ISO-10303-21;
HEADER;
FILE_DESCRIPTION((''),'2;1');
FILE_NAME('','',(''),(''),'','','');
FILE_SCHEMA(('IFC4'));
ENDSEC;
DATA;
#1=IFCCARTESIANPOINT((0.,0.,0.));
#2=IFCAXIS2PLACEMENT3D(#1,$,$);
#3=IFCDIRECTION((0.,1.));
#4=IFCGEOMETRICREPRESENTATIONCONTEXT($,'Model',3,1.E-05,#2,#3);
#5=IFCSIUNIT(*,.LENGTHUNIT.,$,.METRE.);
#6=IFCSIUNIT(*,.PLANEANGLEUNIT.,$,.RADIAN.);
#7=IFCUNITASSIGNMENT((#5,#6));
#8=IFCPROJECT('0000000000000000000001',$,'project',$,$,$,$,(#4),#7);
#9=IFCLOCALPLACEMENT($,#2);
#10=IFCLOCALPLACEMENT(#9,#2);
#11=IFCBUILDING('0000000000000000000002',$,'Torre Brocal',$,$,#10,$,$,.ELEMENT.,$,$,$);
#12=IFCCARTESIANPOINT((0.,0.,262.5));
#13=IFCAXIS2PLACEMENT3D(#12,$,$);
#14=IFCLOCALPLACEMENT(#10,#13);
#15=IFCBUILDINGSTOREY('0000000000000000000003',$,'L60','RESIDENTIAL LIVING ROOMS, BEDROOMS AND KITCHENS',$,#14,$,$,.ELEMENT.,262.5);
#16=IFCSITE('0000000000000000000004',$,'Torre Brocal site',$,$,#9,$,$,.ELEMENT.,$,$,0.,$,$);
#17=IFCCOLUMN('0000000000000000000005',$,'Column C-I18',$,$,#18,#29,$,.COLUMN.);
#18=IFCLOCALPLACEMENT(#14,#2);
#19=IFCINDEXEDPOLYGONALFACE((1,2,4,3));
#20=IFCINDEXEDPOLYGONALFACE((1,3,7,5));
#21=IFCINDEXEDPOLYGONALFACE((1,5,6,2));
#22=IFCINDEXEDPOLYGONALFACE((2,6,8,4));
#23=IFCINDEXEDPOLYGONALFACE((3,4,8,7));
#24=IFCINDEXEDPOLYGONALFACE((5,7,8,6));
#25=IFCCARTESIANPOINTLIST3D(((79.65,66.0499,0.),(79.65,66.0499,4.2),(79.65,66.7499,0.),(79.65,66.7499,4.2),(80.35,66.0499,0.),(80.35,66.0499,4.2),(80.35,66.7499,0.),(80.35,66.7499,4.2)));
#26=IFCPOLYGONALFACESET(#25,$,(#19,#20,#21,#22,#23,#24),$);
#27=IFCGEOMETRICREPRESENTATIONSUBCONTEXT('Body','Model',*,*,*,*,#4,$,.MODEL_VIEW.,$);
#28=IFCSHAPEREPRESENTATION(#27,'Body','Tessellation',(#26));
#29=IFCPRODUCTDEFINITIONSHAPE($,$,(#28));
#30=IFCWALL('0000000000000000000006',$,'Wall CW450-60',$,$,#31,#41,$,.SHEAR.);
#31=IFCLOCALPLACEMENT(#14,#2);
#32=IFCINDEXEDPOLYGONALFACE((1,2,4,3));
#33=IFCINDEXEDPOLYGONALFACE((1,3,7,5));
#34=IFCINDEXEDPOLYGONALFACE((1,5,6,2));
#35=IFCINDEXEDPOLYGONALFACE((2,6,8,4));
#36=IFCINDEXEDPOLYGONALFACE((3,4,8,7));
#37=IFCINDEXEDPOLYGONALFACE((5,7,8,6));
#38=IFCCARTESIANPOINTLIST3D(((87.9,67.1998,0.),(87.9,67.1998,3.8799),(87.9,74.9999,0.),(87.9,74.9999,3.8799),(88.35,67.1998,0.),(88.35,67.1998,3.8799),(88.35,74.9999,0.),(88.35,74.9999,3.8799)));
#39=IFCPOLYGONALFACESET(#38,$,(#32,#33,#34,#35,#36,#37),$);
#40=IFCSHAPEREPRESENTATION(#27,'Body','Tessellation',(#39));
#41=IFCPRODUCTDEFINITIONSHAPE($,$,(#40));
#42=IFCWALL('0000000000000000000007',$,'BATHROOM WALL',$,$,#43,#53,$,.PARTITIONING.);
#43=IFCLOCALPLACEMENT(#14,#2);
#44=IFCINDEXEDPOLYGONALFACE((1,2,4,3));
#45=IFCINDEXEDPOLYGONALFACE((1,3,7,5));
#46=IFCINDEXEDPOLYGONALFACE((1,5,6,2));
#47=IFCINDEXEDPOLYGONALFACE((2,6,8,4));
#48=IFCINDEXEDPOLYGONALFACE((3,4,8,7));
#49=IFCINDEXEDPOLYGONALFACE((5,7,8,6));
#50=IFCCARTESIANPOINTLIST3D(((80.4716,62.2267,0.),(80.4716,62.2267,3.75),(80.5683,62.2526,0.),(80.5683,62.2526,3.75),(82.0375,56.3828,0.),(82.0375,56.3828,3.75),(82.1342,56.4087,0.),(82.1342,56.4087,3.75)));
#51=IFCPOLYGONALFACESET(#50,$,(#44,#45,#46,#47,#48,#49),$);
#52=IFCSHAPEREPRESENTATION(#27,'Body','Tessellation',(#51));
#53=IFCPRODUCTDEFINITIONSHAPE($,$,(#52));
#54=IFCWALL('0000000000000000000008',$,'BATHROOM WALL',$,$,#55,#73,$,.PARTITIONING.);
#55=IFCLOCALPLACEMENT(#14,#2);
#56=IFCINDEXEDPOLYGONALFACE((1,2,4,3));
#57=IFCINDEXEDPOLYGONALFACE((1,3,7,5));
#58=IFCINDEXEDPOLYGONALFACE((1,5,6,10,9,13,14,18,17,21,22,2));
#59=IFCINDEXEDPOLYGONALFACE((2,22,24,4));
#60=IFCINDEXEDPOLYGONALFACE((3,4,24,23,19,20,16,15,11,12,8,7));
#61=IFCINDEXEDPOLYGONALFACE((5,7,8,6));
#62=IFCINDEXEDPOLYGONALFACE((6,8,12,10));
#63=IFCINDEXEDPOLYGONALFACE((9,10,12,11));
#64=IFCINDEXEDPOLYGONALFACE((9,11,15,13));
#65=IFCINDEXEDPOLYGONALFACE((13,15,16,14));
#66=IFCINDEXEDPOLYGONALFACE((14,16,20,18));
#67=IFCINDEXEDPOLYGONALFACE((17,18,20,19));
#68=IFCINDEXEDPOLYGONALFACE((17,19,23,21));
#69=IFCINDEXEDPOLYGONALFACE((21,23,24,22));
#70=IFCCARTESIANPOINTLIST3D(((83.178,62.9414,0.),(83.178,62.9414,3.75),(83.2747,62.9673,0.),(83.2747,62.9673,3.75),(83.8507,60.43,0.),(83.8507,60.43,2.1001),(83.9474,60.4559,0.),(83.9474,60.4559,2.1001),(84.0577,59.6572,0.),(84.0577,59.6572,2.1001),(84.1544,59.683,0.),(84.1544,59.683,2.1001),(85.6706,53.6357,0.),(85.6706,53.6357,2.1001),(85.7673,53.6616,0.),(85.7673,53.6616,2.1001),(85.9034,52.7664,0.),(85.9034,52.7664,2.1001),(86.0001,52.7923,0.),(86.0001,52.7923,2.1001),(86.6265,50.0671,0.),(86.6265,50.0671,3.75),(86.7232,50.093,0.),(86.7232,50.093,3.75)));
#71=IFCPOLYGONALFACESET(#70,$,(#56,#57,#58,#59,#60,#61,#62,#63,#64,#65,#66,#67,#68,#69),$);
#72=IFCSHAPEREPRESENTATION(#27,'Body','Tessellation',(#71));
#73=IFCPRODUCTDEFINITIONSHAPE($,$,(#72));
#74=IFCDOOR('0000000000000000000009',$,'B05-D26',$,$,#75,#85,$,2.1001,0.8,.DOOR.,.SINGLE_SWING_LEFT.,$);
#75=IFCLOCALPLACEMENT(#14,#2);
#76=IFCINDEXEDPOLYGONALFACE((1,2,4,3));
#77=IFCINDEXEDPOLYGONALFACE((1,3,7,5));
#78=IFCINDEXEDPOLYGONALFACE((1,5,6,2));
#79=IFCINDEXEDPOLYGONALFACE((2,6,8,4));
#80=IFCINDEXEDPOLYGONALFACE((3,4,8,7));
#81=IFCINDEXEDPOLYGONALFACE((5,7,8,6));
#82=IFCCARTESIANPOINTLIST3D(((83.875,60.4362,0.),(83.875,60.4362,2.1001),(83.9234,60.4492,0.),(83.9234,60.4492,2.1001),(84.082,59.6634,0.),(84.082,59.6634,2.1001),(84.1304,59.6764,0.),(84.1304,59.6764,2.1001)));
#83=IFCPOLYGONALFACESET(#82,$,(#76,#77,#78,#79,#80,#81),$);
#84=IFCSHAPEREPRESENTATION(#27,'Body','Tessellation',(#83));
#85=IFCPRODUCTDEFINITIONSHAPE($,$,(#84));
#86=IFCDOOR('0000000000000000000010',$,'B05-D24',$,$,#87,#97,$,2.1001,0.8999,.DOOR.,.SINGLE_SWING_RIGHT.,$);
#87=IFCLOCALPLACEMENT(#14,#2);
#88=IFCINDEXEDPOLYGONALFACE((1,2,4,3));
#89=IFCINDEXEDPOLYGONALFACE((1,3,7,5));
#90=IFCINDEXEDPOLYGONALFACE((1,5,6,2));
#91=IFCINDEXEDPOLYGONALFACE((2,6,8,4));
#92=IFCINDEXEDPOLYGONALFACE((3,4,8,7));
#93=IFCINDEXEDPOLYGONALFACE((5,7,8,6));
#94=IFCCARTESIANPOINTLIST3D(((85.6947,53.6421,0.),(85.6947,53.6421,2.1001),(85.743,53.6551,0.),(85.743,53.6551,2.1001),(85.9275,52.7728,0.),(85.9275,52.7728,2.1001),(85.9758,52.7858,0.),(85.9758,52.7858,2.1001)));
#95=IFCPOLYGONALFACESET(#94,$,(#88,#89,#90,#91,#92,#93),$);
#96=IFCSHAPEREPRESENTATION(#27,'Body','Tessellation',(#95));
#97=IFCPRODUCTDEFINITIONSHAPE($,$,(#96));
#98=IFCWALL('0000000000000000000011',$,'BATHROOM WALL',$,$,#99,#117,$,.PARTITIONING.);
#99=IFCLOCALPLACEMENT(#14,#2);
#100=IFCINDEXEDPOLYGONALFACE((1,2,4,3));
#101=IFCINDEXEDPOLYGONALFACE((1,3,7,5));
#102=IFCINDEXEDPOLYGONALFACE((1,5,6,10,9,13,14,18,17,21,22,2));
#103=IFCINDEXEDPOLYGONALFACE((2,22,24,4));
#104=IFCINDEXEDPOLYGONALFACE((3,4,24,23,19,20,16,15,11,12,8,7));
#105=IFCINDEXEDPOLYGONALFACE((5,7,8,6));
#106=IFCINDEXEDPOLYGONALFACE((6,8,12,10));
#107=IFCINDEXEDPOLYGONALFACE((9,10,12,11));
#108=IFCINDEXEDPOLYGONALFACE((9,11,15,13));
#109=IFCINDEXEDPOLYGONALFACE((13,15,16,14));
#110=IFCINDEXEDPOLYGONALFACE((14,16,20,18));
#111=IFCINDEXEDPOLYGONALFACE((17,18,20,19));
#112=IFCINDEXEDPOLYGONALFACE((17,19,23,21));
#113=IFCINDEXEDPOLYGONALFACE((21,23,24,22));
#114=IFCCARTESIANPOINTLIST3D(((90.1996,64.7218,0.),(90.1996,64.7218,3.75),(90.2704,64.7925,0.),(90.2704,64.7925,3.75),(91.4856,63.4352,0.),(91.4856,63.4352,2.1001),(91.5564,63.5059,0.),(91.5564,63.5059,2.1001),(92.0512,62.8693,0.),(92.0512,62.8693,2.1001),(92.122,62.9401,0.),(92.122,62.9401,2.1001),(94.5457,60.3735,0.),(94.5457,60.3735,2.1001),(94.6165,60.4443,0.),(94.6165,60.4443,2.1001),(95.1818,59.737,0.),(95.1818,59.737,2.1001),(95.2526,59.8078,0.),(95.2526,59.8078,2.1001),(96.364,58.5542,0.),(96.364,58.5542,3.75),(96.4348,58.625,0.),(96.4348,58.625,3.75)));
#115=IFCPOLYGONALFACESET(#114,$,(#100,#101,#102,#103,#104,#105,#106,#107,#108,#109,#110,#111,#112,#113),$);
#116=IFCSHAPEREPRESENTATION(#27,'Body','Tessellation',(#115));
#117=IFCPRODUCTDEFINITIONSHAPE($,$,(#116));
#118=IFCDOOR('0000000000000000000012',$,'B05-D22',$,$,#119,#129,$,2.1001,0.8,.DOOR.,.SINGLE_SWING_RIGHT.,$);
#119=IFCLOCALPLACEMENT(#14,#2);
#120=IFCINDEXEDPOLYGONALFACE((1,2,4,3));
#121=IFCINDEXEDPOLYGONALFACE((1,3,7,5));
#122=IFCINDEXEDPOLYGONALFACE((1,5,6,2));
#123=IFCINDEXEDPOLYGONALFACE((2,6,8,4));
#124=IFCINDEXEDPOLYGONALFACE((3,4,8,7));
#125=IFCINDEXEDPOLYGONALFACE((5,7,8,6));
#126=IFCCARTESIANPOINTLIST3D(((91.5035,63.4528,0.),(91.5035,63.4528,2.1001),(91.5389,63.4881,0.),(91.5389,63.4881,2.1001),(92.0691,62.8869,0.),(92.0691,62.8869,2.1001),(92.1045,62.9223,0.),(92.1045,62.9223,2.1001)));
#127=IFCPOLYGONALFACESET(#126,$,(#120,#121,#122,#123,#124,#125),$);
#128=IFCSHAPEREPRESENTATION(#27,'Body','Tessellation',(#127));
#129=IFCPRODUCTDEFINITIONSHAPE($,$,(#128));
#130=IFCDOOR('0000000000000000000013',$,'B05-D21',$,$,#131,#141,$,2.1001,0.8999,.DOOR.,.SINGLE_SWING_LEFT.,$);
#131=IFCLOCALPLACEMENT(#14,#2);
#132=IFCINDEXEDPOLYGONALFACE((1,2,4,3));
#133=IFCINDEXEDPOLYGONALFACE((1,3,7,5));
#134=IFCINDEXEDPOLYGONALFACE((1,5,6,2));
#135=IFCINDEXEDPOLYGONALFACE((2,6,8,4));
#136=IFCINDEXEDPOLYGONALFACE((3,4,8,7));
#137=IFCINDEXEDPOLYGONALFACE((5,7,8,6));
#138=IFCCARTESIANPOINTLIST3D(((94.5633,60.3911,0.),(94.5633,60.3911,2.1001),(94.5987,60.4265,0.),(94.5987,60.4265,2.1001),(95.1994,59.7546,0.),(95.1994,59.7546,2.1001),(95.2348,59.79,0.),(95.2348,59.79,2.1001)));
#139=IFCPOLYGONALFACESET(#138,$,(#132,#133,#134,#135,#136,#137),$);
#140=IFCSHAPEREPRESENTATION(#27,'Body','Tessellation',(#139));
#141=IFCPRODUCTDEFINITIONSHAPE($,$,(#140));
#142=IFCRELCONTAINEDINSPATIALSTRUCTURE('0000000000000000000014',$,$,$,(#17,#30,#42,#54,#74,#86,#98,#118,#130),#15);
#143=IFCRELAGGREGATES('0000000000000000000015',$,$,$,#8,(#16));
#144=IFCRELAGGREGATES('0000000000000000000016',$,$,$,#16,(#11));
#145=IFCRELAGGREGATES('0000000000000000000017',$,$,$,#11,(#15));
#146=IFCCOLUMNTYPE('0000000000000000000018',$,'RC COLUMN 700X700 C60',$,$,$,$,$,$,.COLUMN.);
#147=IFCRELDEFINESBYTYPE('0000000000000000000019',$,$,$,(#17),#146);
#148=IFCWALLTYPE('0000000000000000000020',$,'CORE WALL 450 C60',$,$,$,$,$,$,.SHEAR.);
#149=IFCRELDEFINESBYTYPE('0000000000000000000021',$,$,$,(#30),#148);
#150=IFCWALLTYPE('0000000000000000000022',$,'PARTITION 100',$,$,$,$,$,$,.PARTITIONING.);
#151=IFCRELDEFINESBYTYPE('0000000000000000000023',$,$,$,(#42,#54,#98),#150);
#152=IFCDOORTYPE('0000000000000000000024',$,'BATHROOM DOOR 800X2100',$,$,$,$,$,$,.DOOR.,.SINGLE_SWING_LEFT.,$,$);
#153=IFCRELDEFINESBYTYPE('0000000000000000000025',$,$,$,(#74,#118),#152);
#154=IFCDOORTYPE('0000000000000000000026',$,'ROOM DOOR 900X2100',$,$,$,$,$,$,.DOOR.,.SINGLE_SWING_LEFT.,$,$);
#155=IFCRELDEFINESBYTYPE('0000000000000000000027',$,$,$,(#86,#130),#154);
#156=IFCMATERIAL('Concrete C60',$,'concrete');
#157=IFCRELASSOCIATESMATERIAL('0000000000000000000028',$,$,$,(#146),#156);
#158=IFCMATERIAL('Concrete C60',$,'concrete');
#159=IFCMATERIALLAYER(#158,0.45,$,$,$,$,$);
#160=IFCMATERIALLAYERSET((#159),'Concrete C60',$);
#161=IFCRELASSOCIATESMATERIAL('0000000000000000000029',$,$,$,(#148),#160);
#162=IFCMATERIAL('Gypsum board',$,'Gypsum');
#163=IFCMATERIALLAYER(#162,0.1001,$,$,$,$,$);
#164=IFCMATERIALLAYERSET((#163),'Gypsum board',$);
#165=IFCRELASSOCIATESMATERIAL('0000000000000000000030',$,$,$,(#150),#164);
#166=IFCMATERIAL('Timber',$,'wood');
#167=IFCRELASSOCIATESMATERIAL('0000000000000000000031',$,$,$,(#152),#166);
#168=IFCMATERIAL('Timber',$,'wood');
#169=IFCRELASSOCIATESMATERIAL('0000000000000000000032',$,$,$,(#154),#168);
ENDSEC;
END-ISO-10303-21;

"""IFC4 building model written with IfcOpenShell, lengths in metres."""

from ifc_helpers import new_model, si_unit, direction, frame, frame_2d, origin, origin_2d, place, context, subcontext, project, spatial, rectangle, extrude, material, layer, layer_set, material_profile, profile_set, type_object, element, fill, save


model = new_model("IFC4")

# Units and contexts
model_context = context("Model", 3, precision=1e-05, world=origin(), true_north=direction((0.0, 1.0)))
body_context = subcontext(model_context, "Body", "Model", "MODEL_VIEW")
ifc_project = project(units=[si_unit("LENGTHUNIT", "METRE"), si_unit("PLANEANGLEUNIT", "RADIAN")], contexts=[model_context])

# Site, building, storey
site_placement = place(None, origin())
site = spatial("IfcSite", under=ifc_project, at=site_placement, Name="Torre Brocal site", CompositionType="ELEMENT", RefElevation=0.0)
building_placement = place(site_placement, origin())
building = spatial("IfcBuilding", under=site, at=building_placement, Name="Torre Brocal", CompositionType="ELEMENT")
storey_placement = place(building_placement, frame((0.0, 0.0, 262.5)))
storey = spatial("IfcBuildingStorey", under=building, at=storey_placement, Name="L60", Description="RESIDENTIAL LIVING ROOMS, BEDROOMS AND KITCHENS", CompositionType="ELEMENT", Elevation=262.5)

# Column
ifc_material_1 = material(Name="Concrete C60", Category="concrete")
ifc_material_profile = material_profile(ifc_material_1, rectangle(XDim=0.7, YDim=0.7, at=origin_2d()), Name="RC 700X700")
ifc_profile_set = profile_set([ifc_material_profile], Name="Concrete C60")
column_type = type_object("IfcColumnType", Name="RC COLUMN 700X700 C60", PredefinedType="COLUMN", material=ifc_profile_set)
column_placement = place(storey_placement, frame((80.0, 66.3999, 0.0), z_axis=(0.0, 0.0, 1.0), x_axis=(0.0, -1.0, 0.0)))
element("IfcColumn", 1, at=column_placement, inside=storey, type_object=column_type, Name="Column C-I18", PredefinedType="COLUMN", context=body_context, shape_type="SweptSolid", body=[
    extrude(rectangle(XDim=0.7, YDim=0.7, at=origin_2d()), origin(), (0.0, 0.0, 1.0), 4.2),
])

# Wall
ifc_material_2 = material(Name="Concrete C60", Category="concrete")
ifc_layer_1 = layer(ifc_material_2, 0.45)
ifc_layer_set_1 = layer_set([ifc_layer_1], Name="Concrete C60")
wall_type_1 = type_object("IfcWallType", Name="CORE WALL 450 C60", PredefinedType="SHEAR", material=ifc_layer_set_1)
wall_1_placement = place(storey_placement, frame((88.125, 67.2, 0.0), z_axis=(0.0, 0.0, 1.0), x_axis=(0.0, 1.0, 0.0)))
element("IfcWall", 2, at=wall_1_placement, inside=storey, type_object=wall_type_1, Name="Wall CW450-60", PredefinedType="SHEAR", context=body_context, shape_type="SweptSolid", body=[
    extrude(rectangle(XDim=7.8, YDim=0.45, at=frame_2d((3.8999, 0.0))), origin(), (0.0, 0.0, 1.0), 3.8799),
])

# Wall
ifc_material_3 = material(Name="Gypsum board", Category="Gypsum")
ifc_layer_2 = layer(ifc_material_3, 0.1001)
ifc_layer_set_2 = layer_set([ifc_layer_2], Name="Gypsum board")
wall_type_2 = type_object("IfcWallType", Name="PARTITION 100", PredefinedType="PARTITIONING", material=ifc_layer_set_2)
wall_2_placement = place(storey_placement, frame((80.52, 62.2395, 0.0), z_axis=(0.0, 0.0, 1.0), x_axis=(0.258823, -0.965925, 0.0)))
element("IfcWall", 3, at=wall_2_placement, inside=storey, type_object=wall_type_2, Name="BATHROOM WALL", PredefinedType="PARTITIONING", context=body_context, shape_type="SweptSolid", body=[
    extrude(rectangle(XDim=6.05, YDim=0.1001, at=frame_2d((3.0249, 0.0))), origin(), (0.0, 0.0, 1.0), 3.75),
])

# Walls, openings, doors
wall_3_placement = place(storey_placement, frame((83.2263, 62.9543, 0.0), z_axis=(0.0, 0.0, 1.0), x_axis=(0.258738, -0.965948, 0.0)))
wall_3 = element("IfcWall", 4, at=wall_3_placement, inside=storey, type_object=wall_type_2, Name="BATHROOM WALL", PredefinedType="PARTITIONING", context=body_context, shape_type="SweptSolid", body=[
    extrude(rectangle(XDim=13.3281, YDim=0.1001, at=frame_2d((6.6641, 0.0))), origin(), (0.0, 0.0, 1.0), 3.75),
])
opening_1_placement = place(wall_3_placement, frame((9.6338, 0.0, 0.0)))
opening_1 = element("IfcOpeningElement", 5, at=opening_1_placement, cuts=wall_3, PredefinedType="OPENING", context=body_context, shape_type="SweptSolid", body=[
    extrude(rectangle(XDim=0.8999, YDim=2.1001, at=frame_2d((0.45, 1.05))), frame((0.0, 0.0601, 0.0), z_axis=(0.0, -1.0, 0.0), x_axis=(1.0, 0.0, 0.0)), (0.0, 0.0, 1.0), 0.1201),
])
opening_2_placement = place(wall_3_placement, frame((2.6001, 0.0, 0.0)))
opening_2 = element("IfcOpeningElement", 6, at=opening_2_placement, cuts=wall_3, PredefinedType="OPENING", context=body_context, shape_type="SweptSolid", body=[
    extrude(rectangle(XDim=0.8, YDim=2.1001, at=frame_2d((0.3999, 1.05))), frame((0.0, 0.0601, 0.0), z_axis=(0.0, -1.0, 0.0), x_axis=(1.0, 0.0, 0.0)), (0.0, 0.0, 1.0), 0.1201),
])
ifc_material_4 = material(Name="Timber", Category="wood")
door_type_1 = type_object("IfcDoorType", Name="BATHROOM DOOR 800X2100", OperationType="SINGLE_SWING_LEFT", PredefinedType="DOOR", material=ifc_material_4)
door_1_placement = place(opening_2_placement, frame((0.8, 0.0, 0.0), z_axis=(0.0, 0.0, 1.0), x_axis=(-1.0, 0.0, 0.0)))
door_1 = element("IfcDoor", 7, at=door_1_placement, inside=storey, type_object=door_type_1, Name="B05-D26", OperationType="SINGLE_SWING_LEFT", OverallHeight=2.1001, OverallWidth=0.8, PredefinedType="DOOR", context=body_context, shape_type="SweptSolid", body=[
    extrude(rectangle(XDim=0.8, YDim=2.1001, at=frame_2d((0.3999, 1.05))), frame((0.0, 0.0249, 0.0), z_axis=(0.0, -1.0, 0.0), x_axis=(1.0, 0.0, 0.0)), (0.0, 0.0, 1.0), 0.05),
])
fill(opening_2, door_1)
ifc_material_5 = material(Name="Timber", Category="wood")
door_type_2 = type_object("IfcDoorType", Name="ROOM DOOR 900X2100", OperationType="SINGLE_SWING_LEFT", PredefinedType="DOOR", material=ifc_material_5)
door_2_placement = place(opening_1_placement, origin())
door_2 = element("IfcDoor", 8, at=door_2_placement, inside=storey, type_object=door_type_2, Name="B05-D24", OperationType="SINGLE_SWING_RIGHT", OverallHeight=2.1001, OverallWidth=0.8999, PredefinedType="DOOR", context=body_context, shape_type="SweptSolid", body=[
    extrude(rectangle(XDim=0.8999, YDim=2.1001, at=frame_2d((0.45, 1.05))), frame((0.0, 0.0249, 0.0), z_axis=(0.0, -1.0, 0.0), x_axis=(1.0, 0.0, 0.0)), (0.0, 0.0, 1.0), 0.05),
])
fill(opening_1, door_2)
wall_4_placement = place(storey_placement, frame((90.2351, 64.7571, 0.0), z_axis=(0.0, 0.0, 1.0), x_axis=(0.706925, -0.707289, 0.0)))
wall_4 = element("IfcWall", 9, at=wall_4_placement, inside=storey, type_object=wall_type_2, Name="BATHROOM WALL", PredefinedType="PARTITIONING", context=body_context, shape_type="SweptSolid", body=[
    extrude(rectangle(XDim=8.72, YDim=0.1001, at=frame_2d((4.3599, 0.0))), origin(), (0.0, 0.0, 1.0), 3.75),
])
opening_3_placement = place(wall_4_placement, frame((6.1477, 0.0, 0.0)))
opening_3 = element("IfcOpeningElement", 10, at=opening_3_placement, cuts=wall_4, PredefinedType="OPENING", context=body_context, shape_type="SweptSolid", body=[
    extrude(rectangle(XDim=0.8999, YDim=2.1001, at=frame_2d((0.45, 1.05))), frame((0.0, 0.0601, 0.0), z_axis=(0.0, -1.0, 0.0), x_axis=(1.0, 0.0, 0.0)), (0.0, 0.0, 1.0), 0.1201),
])
opening_4_placement = place(wall_4_placement, frame((1.8191, 0.0, 0.0)))
opening_4 = element("IfcOpeningElement", 11, at=opening_4_placement, cuts=wall_4, PredefinedType="OPENING", context=body_context, shape_type="SweptSolid", body=[
    extrude(rectangle(XDim=0.8, YDim=2.1001, at=frame_2d((0.3999, 1.05))), frame((0.0, 0.0601, 0.0), z_axis=(0.0, -1.0, 0.0), x_axis=(1.0, 0.0, 0.0)), (0.0, 0.0, 1.0), 0.1201),
])
door_3_placement = place(opening_4_placement, frame((0.8, 0.0, 0.0), z_axis=(0.0, 0.0, 1.0), x_axis=(-1.0, 0.0, 0.0)))
door_3 = element("IfcDoor", 12, at=door_3_placement, inside=storey, type_object=door_type_1, Name="B05-D22", OperationType="SINGLE_SWING_RIGHT", OverallHeight=2.1001, OverallWidth=0.8, PredefinedType="DOOR", context=body_context, shape_type="SweptSolid", body=[
    extrude(rectangle(XDim=0.8, YDim=2.1001, at=frame_2d((0.3999, 1.05))), frame((0.0, 0.0249, 0.0), z_axis=(0.0, -1.0, 0.0), x_axis=(1.0, 0.0, 0.0)), (0.0, 0.0, 1.0), 0.05),
])
fill(opening_4, door_3)
door_4_placement = place(opening_3_placement, origin())
door_4 = element("IfcDoor", 13, at=door_4_placement, inside=storey, type_object=door_type_2, Name="B05-D21", OperationType="SINGLE_SWING_LEFT", OverallHeight=2.1001, OverallWidth=0.8999, PredefinedType="DOOR", context=body_context, shape_type="SweptSolid", body=[
    extrude(rectangle(XDim=0.8999, YDim=2.1001, at=frame_2d((0.45, 1.05))), frame((0.0, 0.0249, 0.0), z_axis=(0.0, -1.0, 0.0), x_axis=(1.0, 0.0, 0.0)), (0.0, 0.0, 1.0), 0.05),
])
fill(opening_3, door_4)

save(model, "model.ifc")
